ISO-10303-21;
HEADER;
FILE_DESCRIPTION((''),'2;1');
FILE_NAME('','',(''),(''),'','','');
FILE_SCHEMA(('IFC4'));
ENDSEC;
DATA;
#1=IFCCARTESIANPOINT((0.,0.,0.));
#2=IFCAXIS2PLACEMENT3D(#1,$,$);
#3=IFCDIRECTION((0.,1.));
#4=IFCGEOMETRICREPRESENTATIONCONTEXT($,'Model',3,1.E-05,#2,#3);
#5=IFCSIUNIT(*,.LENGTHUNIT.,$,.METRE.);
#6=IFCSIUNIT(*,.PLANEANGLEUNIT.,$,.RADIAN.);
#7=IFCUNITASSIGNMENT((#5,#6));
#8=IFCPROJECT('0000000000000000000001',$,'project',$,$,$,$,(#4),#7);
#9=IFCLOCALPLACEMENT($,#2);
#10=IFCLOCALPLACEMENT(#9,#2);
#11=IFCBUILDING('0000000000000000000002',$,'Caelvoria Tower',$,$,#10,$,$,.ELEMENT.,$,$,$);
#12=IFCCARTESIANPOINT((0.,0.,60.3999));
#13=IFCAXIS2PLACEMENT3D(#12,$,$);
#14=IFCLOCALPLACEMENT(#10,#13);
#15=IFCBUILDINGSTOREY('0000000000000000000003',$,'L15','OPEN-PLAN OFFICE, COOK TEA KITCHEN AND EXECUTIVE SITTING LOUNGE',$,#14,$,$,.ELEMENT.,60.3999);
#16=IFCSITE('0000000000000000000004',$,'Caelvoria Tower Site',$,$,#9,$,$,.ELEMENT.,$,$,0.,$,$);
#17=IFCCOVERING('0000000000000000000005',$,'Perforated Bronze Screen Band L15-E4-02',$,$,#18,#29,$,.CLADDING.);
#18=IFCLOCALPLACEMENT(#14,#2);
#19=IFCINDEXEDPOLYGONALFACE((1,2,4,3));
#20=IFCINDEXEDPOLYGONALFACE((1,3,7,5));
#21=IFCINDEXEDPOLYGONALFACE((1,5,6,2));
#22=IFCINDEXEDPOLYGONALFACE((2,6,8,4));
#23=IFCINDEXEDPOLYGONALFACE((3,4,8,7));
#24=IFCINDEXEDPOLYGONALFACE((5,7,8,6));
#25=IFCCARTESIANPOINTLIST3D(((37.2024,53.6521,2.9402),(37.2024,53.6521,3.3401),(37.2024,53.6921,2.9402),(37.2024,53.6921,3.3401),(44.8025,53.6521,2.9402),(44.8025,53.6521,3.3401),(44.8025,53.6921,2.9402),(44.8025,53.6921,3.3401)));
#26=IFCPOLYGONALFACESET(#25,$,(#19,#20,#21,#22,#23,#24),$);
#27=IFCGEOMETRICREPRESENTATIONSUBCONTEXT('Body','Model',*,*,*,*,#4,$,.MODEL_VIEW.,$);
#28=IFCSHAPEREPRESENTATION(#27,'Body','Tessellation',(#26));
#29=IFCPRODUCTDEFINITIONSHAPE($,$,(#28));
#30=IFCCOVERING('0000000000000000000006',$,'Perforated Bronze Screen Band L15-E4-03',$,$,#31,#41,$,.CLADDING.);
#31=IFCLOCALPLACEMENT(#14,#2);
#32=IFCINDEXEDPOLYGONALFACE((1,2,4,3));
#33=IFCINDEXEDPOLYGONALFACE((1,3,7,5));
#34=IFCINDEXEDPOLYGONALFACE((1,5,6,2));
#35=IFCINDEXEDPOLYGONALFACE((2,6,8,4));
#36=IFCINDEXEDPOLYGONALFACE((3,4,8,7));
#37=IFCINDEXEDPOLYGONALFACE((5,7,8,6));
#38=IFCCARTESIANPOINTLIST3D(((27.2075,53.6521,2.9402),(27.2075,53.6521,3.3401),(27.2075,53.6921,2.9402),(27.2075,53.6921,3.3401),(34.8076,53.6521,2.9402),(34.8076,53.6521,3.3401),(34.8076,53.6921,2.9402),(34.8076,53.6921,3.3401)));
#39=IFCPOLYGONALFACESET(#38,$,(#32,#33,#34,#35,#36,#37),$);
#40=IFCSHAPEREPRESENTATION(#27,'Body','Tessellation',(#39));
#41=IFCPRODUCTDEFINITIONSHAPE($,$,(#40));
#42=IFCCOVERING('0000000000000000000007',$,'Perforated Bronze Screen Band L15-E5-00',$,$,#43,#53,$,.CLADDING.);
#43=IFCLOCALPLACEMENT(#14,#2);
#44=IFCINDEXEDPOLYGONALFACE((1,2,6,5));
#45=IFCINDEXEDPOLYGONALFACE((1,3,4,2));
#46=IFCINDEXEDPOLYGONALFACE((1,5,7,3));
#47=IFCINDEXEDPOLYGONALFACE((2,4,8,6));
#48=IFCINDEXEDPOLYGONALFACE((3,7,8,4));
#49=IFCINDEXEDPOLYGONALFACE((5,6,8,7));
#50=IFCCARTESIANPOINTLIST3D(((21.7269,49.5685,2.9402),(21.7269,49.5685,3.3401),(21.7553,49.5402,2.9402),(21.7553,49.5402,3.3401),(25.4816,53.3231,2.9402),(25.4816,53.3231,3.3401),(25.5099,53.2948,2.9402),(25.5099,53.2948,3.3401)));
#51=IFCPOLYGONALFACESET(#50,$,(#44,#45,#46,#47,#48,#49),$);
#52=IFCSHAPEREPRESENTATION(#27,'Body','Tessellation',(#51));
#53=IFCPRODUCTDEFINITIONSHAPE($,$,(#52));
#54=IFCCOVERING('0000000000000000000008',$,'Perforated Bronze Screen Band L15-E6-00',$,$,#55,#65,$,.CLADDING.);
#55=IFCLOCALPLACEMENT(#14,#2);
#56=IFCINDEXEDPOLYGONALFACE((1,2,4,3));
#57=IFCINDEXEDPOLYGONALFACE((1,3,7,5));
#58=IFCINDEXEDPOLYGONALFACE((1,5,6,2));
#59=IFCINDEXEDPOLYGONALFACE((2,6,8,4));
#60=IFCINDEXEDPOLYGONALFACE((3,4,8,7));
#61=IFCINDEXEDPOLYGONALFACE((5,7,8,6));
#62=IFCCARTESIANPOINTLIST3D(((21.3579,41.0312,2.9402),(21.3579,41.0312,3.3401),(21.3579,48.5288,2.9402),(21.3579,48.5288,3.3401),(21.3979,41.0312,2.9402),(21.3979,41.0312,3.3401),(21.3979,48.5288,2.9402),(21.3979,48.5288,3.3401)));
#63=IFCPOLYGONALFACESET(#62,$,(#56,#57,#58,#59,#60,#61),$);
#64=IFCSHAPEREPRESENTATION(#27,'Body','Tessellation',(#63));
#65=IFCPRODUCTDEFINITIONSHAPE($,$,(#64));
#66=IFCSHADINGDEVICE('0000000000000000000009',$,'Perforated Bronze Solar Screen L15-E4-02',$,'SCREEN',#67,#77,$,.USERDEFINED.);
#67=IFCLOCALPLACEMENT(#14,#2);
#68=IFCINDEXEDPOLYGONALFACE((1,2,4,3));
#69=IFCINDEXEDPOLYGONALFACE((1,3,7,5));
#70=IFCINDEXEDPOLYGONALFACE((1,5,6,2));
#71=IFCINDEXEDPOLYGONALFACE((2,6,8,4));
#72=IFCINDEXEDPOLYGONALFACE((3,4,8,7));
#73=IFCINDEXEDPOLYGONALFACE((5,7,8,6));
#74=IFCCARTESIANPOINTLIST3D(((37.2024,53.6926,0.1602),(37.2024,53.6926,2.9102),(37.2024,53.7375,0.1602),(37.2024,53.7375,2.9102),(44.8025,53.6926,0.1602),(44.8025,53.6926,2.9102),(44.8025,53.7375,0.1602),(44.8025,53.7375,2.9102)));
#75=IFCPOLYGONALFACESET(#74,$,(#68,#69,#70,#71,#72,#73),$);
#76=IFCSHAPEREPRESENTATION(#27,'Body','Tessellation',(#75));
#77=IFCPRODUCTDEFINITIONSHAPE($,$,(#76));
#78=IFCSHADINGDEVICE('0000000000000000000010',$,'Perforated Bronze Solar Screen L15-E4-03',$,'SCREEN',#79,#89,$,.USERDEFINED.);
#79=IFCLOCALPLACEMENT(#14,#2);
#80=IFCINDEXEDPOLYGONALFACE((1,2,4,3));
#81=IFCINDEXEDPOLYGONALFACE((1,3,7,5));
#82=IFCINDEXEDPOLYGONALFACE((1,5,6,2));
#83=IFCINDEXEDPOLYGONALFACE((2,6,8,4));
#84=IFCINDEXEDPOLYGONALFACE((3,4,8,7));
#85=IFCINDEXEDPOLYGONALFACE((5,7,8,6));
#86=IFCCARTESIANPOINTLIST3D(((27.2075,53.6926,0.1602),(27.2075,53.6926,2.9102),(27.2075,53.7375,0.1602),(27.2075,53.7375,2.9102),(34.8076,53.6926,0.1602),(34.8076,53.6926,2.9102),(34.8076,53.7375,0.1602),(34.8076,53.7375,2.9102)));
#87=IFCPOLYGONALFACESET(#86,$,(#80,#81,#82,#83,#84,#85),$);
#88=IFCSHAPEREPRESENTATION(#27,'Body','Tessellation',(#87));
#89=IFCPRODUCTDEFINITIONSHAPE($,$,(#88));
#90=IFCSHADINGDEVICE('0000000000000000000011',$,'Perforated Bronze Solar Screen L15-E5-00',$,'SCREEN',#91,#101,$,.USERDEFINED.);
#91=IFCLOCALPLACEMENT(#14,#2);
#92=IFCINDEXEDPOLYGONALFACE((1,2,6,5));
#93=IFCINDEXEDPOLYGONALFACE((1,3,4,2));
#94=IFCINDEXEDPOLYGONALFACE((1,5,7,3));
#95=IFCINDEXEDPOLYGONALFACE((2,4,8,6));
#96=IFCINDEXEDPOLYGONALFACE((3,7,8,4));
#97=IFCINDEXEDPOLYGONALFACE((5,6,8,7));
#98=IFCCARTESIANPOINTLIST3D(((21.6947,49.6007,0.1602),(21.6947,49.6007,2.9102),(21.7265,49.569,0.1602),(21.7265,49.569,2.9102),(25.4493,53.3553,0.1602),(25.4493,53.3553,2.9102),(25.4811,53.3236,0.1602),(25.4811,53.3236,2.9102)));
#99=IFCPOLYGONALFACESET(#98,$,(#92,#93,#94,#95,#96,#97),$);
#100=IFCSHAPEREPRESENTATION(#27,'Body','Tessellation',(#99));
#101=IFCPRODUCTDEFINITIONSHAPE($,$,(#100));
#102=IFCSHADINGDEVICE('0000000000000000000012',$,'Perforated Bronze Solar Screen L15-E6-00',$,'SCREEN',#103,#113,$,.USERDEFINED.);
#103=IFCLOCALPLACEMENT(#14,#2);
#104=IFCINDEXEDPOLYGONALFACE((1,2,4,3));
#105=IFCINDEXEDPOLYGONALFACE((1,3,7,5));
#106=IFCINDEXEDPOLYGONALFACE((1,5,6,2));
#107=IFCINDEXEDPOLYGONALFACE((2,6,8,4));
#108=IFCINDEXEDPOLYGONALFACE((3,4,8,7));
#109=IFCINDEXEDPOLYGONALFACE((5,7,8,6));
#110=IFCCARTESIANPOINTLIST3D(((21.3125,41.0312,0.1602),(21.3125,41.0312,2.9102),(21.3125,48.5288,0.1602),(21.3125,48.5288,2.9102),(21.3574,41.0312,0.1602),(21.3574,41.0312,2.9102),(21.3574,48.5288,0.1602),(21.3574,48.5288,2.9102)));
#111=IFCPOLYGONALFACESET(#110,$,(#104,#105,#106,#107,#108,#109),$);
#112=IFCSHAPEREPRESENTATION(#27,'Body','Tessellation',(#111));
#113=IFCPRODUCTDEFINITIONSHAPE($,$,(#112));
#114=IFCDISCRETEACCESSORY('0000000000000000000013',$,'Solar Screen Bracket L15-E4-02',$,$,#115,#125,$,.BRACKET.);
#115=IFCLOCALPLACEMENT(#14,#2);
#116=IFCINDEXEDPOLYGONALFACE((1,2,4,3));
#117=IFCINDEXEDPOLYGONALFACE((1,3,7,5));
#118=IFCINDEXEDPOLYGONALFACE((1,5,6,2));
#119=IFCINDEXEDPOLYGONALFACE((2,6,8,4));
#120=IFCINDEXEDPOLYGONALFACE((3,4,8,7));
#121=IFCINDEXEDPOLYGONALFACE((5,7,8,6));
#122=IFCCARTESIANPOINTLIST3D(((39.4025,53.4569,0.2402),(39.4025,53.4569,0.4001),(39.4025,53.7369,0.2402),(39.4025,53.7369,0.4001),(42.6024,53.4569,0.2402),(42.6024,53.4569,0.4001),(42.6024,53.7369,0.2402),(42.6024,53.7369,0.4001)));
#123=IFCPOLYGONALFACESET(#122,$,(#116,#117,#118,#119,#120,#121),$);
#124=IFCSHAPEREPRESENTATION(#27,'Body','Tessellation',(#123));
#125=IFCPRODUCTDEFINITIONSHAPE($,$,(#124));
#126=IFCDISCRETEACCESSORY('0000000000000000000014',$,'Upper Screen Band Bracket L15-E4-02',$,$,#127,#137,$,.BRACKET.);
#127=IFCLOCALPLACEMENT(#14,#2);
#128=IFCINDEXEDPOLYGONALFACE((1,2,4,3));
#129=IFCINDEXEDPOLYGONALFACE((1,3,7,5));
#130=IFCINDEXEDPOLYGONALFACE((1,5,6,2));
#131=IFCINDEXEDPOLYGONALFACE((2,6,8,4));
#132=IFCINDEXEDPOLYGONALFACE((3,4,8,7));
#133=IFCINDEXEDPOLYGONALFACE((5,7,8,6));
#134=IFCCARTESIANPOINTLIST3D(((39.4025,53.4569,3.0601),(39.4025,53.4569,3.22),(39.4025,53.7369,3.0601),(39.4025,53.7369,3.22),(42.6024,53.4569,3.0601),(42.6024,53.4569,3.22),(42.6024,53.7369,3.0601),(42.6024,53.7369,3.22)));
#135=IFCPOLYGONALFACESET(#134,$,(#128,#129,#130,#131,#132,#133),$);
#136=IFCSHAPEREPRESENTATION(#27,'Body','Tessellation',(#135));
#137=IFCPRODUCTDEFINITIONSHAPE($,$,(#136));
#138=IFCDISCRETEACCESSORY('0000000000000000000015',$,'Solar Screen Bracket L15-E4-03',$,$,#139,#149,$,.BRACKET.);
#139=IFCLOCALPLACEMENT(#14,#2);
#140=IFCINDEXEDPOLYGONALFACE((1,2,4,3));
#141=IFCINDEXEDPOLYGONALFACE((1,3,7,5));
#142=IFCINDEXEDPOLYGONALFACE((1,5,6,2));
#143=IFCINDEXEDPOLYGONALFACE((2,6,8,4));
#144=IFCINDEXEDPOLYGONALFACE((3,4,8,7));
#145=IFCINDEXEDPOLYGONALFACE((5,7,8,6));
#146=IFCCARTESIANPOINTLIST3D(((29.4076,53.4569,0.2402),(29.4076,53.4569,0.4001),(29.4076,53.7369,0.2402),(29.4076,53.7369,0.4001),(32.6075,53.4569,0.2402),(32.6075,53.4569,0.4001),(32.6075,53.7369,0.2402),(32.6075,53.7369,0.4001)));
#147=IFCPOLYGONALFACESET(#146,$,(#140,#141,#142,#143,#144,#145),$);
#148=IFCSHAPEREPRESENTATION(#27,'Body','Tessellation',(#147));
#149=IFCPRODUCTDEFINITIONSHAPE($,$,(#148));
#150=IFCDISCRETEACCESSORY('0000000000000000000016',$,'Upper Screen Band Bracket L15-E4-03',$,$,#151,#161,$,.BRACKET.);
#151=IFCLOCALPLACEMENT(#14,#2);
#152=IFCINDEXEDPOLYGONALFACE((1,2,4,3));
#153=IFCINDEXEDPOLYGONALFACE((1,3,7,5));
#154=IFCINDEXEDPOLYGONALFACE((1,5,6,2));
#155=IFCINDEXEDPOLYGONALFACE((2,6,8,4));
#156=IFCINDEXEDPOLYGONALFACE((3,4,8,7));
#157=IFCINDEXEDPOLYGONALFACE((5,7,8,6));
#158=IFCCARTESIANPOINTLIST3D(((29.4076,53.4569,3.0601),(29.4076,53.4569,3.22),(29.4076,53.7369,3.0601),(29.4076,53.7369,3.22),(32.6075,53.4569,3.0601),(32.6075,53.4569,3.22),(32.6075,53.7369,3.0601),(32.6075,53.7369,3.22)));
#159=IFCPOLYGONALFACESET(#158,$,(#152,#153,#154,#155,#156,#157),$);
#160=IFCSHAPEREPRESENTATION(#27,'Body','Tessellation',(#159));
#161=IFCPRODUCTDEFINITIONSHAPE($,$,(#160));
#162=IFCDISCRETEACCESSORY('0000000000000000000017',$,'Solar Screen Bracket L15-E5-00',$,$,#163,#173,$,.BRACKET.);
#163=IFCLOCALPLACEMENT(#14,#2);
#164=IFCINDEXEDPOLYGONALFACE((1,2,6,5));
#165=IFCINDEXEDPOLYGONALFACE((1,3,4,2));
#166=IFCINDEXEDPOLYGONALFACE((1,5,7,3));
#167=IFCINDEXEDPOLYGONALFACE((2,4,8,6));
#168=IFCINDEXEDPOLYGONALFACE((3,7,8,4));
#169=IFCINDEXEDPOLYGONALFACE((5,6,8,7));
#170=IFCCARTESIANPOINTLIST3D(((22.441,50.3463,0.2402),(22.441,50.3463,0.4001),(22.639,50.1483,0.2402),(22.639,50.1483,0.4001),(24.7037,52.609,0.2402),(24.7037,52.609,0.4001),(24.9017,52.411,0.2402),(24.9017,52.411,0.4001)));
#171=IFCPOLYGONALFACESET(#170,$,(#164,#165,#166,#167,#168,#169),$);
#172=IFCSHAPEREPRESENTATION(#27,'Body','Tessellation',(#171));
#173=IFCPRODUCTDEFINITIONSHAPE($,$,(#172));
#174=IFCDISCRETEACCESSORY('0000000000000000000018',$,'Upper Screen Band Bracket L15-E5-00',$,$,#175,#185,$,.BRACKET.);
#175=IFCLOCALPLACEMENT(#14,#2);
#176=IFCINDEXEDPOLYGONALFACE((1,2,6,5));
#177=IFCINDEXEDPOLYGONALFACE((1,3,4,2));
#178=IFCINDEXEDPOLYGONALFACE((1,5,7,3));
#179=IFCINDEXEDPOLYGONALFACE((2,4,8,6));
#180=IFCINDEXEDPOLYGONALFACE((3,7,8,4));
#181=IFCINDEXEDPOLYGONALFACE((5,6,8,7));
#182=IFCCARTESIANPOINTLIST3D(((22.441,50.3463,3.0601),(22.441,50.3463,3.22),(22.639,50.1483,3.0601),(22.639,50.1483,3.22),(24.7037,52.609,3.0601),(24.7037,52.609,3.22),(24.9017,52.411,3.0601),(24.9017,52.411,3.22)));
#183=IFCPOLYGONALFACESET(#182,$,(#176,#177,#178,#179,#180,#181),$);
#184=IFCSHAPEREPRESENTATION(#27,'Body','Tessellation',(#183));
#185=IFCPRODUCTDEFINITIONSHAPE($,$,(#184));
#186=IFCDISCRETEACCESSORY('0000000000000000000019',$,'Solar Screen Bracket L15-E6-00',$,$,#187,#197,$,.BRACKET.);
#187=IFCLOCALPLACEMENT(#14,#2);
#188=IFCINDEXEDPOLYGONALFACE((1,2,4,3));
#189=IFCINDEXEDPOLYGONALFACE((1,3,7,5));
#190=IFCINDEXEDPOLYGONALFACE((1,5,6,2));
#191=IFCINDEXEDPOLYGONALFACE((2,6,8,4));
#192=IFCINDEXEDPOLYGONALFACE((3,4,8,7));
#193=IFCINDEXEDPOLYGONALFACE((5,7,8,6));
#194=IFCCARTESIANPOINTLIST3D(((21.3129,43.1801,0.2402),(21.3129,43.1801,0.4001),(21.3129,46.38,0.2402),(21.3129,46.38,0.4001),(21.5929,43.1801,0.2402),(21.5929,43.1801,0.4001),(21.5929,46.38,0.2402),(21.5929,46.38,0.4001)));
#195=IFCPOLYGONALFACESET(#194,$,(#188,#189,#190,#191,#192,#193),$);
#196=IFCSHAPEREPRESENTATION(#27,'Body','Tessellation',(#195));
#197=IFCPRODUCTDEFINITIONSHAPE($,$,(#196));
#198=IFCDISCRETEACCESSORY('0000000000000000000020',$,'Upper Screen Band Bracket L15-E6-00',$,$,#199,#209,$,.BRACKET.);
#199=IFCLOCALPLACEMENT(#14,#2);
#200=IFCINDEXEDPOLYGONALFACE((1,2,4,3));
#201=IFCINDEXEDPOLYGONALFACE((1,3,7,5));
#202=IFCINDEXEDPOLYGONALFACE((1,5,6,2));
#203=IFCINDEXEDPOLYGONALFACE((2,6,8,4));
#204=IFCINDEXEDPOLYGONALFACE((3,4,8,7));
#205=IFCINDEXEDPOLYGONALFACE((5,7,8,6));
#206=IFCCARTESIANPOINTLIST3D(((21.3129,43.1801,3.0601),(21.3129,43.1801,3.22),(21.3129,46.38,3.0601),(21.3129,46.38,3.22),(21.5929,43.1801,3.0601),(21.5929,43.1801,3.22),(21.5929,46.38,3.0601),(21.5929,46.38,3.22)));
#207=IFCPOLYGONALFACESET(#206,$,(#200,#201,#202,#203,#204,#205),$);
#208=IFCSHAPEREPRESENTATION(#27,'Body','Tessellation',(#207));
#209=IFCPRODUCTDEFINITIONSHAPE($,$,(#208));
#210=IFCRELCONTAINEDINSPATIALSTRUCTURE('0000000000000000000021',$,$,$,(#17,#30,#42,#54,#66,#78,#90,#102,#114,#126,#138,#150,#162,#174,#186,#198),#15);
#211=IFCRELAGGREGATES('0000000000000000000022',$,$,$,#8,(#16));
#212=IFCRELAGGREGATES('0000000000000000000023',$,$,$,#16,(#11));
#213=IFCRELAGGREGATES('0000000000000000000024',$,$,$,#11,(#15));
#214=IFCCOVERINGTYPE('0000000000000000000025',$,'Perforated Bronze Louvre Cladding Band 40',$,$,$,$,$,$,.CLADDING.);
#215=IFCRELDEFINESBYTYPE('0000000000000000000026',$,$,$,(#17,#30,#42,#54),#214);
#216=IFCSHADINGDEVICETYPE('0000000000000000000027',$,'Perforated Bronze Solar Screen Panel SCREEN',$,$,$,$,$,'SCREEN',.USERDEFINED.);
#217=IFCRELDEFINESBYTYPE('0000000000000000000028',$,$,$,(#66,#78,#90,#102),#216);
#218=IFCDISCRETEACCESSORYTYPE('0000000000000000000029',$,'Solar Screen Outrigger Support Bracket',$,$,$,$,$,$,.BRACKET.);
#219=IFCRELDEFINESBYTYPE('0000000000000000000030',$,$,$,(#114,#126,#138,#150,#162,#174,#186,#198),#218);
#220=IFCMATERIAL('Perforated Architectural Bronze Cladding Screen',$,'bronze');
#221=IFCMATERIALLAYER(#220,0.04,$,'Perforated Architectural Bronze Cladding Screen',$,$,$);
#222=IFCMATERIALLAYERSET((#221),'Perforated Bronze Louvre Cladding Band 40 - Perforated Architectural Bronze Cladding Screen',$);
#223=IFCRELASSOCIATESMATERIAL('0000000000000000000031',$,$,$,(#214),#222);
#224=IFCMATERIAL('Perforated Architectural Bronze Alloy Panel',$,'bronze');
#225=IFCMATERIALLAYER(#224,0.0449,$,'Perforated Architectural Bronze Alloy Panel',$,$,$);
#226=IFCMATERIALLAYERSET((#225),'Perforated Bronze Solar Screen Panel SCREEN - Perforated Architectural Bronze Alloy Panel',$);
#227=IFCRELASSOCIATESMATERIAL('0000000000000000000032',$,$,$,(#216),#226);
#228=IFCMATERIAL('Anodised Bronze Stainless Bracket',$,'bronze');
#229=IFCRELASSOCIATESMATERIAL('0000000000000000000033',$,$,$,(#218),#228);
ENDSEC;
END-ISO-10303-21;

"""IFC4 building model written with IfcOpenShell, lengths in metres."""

from ifc_helpers import new_model, si_unit, direction, frame, origin, origin_2d, place, context, subcontext, project, spatial, rectangle, extrude, material, layer, layer_set, type_object, element, save


model = new_model("IFC4")

# Units and contexts
model_context = context("Model", 3, precision=1e-05, world=origin(), true_north=direction((0.0, 1.0)))
body_context = subcontext(model_context, "Body", "Model", "MODEL_VIEW")
ifc_project = project(units=[si_unit("LENGTHUNIT", "METRE"), si_unit("PLANEANGLEUNIT", "RADIAN")], contexts=[model_context])

# Site, building, storey
site_placement = place(None, origin())
site = spatial("IfcSite", under=ifc_project, at=site_placement, Name="Caelvoria Tower Site", CompositionType="ELEMENT", RefElevation=0.0)
building_placement = place(site_placement, origin())
building = spatial("IfcBuilding", under=site, at=building_placement, Name="Caelvoria Tower", CompositionType="ELEMENT")
storey_placement = place(building_placement, frame((0.0, 0.0, 60.3999)))
storey = spatial("IfcBuildingStorey", under=building, at=storey_placement, Name="L15", Description="OPEN-PLAN OFFICE, COOK TEA KITCHEN AND EXECUTIVE SITTING LOUNGE", CompositionType="ELEMENT", Elevation=60.3999)

# Coverings
ifc_material_1 = material(Name="Perforated Architectural Bronze Cladding Screen", Category="bronze")
ifc_layer_1 = layer(ifc_material_1, 0.04, Name="Perforated Architectural Bronze Cladding Screen")
ifc_layer_set_1 = layer_set([ifc_layer_1], Name="Perforated Bronze Louvre Cladding Band 40 - Perforated Architectural Bronze Cladding Screen")
covering_type = type_object("IfcCoveringType", Name="Perforated Bronze Louvre Cladding Band 40", PredefinedType="CLADDING", material=ifc_layer_set_1)
for number, where, z_axis, x_axis, name in (
    (1, (41.0024, 53.6721, 2.9402), (0.0, 0.0, 1.0), (-1.0, 0.0, 0.0), "Perforated Bronze Screen Band L15-E4-02"),
    (2, (31.0076, 53.6721, 2.9402), (0.0, 0.0, 1.0), (-1.0, 0.0, 0.0), "Perforated Bronze Screen Band L15-E4-03"),
):
    element("IfcCovering", number, at=place(storey_placement, frame(where, z_axis=z_axis, x_axis=x_axis)), inside=storey, type_object=covering_type, Name=name, PredefinedType="CLADDING", context=body_context, shape_type="SweptSolid", body=[
        extrude(rectangle(XDim=7.6001, YDim=0.04, at=origin_2d()), origin(), (0.0, 0.0, 1.0), 0.3999),
    ])
covering_1_placement = place(storey_placement, frame((23.6184, 51.4316, 2.9402), z_axis=(0.0, 0.0, 1.0), x_axis=(-0.707107, -0.707107, 0.0)))
element("IfcCovering", 3, at=covering_1_placement, inside=storey, type_object=covering_type, Name="Perforated Bronze Screen Band L15-E5-00", PredefinedType="CLADDING", context=body_context, shape_type="SweptSolid", body=[
    extrude(rectangle(XDim=5.3098, YDim=0.04, at=origin_2d()), origin(), (0.0, 0.0, 1.0), 0.3999),
])
covering_2_placement = place(storey_placement, frame((21.3779, 44.78, 2.9402), z_axis=(0.0, 0.0, 1.0), x_axis=(0.0, -1.0, 0.0)))
element("IfcCovering", 4, at=covering_2_placement, inside=storey, type_object=covering_type, Name="Perforated Bronze Screen Band L15-E6-00", PredefinedType="CLADDING", context=body_context, shape_type="SweptSolid", body=[
    extrude(rectangle(XDim=7.4976, YDim=0.04, at=origin_2d()), origin(), (0.0, 0.0, 1.0), 0.3999),
])

# Shading devices
ifc_material_2 = material(Name="Perforated Architectural Bronze Alloy Panel", Category="bronze")
ifc_layer_2 = layer(ifc_material_2, 0.0449, Name="Perforated Architectural Bronze Alloy Panel")
ifc_layer_set_2 = layer_set([ifc_layer_2], Name="Perforated Bronze Solar Screen Panel SCREEN - Perforated Architectural Bronze Alloy Panel")
shading_device_type = type_object("IfcShadingDeviceType", Name="Perforated Bronze Solar Screen Panel SCREEN", ElementType="SCREEN", PredefinedType="USERDEFINED", material=ifc_layer_set_2)
for number, where, z_axis, x_axis, name in (
    (5, (41.0024, 53.7151, 0.1602), (0.0, 0.0, 1.0), (-1.0, 0.0, 0.0), "Perforated Bronze Solar Screen L15-E4-02"),
    (6, (31.0076, 53.7151, 0.1602), (0.0, 0.0, 1.0), (-1.0, 0.0, 0.0), "Perforated Bronze Solar Screen L15-E4-03"),
):
    element("IfcShadingDevice", number, at=place(storey_placement, frame(where, z_axis=z_axis, x_axis=x_axis)), inside=storey, type_object=shading_device_type, Name=name, ObjectType="SCREEN", PredefinedType="USERDEFINED", context=body_context, shape_type="SweptSolid", body=[
        extrude(rectangle(XDim=7.6001, YDim=0.0449, at=origin_2d()), origin(), (0.0, 0.0, 1.0), 2.75),
    ])
shading_device_1_placement = place(storey_placement, frame((23.5879, 51.4622, 0.1602), z_axis=(0.0, 0.0, 1.0), x_axis=(-0.707107, -0.707107, 0.0)))
element("IfcShadingDevice", 7, at=shading_device_1_placement, inside=storey, type_object=shading_device_type, Name="Perforated Bronze Solar Screen L15-E5-00", ObjectType="SCREEN", PredefinedType="USERDEFINED", context=body_context, shape_type="SweptSolid", body=[
    extrude(rectangle(XDim=5.3098, YDim=0.0449, at=origin_2d()), origin(), (0.0, 0.0, 1.0), 2.75),
])
shading_device_2_placement = place(storey_placement, frame((21.335, 44.78, 0.1602), z_axis=(0.0, 0.0, 1.0), x_axis=(0.0, -1.0, 0.0)))
element("IfcShadingDevice", 8, at=shading_device_2_placement, inside=storey, type_object=shading_device_type, Name="Perforated Bronze Solar Screen L15-E6-00", ObjectType="SCREEN", PredefinedType="USERDEFINED", context=body_context, shape_type="SweptSolid", body=[
    extrude(rectangle(XDim=7.4976, YDim=0.0449, at=origin_2d()), origin(), (0.0, 0.0, 1.0), 2.75),
])

# Discrete accessories
ifc_material_3 = material(Name="Anodised Bronze Stainless Bracket", Category="bronze")
discrete_accessory_type = type_object("IfcDiscreteAccessoryType", Name="Solar Screen Outrigger Support Bracket", PredefinedType="BRACKET", material=ifc_material_3)
for number, where, z_axis, x_axis, name in (
    (9, (41.0024, 53.5969, 0.2402), (0.0, 0.0, 1.0), (-1.0, 0.0, 0.0), "Solar Screen Bracket L15-E4-02"),
    (10, (41.0024, 53.5969, 3.0601), (0.0, 0.0, 1.0), (-1.0, 0.0, 0.0), "Upper Screen Band Bracket L15-E4-02"),
    (11, (31.0076, 53.5969, 0.2402), (0.0, 0.0, 1.0), (-1.0, 0.0, 0.0), "Solar Screen Bracket L15-E4-03"),
    (12, (31.0076, 53.5969, 3.0601), (0.0, 0.0, 1.0), (-1.0, 0.0, 0.0), "Upper Screen Band Bracket L15-E4-03"),
    (13, (23.6714, 51.3787, 0.2402), (0.0, 0.0, 1.0), (-0.707107, -0.707107, 0.0), "Solar Screen Bracket L15-E5-00"),
    (14, (23.6714, 51.3787, 3.0601), (0.0, 0.0, 1.0), (-0.707107, -0.707107, 0.0), "Upper Screen Band Bracket L15-E5-00"),
    (15, (21.4529, 44.78, 0.2402), (0.0, 0.0, 1.0), (0.0, -1.0, 0.0), "Solar Screen Bracket L15-E6-00"),
    (16, (21.4529, 44.78, 3.0601), (0.0, 0.0, 1.0), (0.0, -1.0, 0.0), "Upper Screen Band Bracket L15-E6-00"),
):
    element("IfcDiscreteAccessory", number, at=place(storey_placement, frame(where, z_axis=z_axis, x_axis=x_axis)), inside=storey, type_object=discrete_accessory_type, Name=name, PredefinedType="BRACKET", context=body_context, shape_type="SweptSolid", body=[
        extrude(rectangle(XDim=3.2, YDim=0.28, at=origin_2d()), origin(), (0.0, 0.0, 1.0), 0.1599),
    ])

save(model, "model.ifc")
